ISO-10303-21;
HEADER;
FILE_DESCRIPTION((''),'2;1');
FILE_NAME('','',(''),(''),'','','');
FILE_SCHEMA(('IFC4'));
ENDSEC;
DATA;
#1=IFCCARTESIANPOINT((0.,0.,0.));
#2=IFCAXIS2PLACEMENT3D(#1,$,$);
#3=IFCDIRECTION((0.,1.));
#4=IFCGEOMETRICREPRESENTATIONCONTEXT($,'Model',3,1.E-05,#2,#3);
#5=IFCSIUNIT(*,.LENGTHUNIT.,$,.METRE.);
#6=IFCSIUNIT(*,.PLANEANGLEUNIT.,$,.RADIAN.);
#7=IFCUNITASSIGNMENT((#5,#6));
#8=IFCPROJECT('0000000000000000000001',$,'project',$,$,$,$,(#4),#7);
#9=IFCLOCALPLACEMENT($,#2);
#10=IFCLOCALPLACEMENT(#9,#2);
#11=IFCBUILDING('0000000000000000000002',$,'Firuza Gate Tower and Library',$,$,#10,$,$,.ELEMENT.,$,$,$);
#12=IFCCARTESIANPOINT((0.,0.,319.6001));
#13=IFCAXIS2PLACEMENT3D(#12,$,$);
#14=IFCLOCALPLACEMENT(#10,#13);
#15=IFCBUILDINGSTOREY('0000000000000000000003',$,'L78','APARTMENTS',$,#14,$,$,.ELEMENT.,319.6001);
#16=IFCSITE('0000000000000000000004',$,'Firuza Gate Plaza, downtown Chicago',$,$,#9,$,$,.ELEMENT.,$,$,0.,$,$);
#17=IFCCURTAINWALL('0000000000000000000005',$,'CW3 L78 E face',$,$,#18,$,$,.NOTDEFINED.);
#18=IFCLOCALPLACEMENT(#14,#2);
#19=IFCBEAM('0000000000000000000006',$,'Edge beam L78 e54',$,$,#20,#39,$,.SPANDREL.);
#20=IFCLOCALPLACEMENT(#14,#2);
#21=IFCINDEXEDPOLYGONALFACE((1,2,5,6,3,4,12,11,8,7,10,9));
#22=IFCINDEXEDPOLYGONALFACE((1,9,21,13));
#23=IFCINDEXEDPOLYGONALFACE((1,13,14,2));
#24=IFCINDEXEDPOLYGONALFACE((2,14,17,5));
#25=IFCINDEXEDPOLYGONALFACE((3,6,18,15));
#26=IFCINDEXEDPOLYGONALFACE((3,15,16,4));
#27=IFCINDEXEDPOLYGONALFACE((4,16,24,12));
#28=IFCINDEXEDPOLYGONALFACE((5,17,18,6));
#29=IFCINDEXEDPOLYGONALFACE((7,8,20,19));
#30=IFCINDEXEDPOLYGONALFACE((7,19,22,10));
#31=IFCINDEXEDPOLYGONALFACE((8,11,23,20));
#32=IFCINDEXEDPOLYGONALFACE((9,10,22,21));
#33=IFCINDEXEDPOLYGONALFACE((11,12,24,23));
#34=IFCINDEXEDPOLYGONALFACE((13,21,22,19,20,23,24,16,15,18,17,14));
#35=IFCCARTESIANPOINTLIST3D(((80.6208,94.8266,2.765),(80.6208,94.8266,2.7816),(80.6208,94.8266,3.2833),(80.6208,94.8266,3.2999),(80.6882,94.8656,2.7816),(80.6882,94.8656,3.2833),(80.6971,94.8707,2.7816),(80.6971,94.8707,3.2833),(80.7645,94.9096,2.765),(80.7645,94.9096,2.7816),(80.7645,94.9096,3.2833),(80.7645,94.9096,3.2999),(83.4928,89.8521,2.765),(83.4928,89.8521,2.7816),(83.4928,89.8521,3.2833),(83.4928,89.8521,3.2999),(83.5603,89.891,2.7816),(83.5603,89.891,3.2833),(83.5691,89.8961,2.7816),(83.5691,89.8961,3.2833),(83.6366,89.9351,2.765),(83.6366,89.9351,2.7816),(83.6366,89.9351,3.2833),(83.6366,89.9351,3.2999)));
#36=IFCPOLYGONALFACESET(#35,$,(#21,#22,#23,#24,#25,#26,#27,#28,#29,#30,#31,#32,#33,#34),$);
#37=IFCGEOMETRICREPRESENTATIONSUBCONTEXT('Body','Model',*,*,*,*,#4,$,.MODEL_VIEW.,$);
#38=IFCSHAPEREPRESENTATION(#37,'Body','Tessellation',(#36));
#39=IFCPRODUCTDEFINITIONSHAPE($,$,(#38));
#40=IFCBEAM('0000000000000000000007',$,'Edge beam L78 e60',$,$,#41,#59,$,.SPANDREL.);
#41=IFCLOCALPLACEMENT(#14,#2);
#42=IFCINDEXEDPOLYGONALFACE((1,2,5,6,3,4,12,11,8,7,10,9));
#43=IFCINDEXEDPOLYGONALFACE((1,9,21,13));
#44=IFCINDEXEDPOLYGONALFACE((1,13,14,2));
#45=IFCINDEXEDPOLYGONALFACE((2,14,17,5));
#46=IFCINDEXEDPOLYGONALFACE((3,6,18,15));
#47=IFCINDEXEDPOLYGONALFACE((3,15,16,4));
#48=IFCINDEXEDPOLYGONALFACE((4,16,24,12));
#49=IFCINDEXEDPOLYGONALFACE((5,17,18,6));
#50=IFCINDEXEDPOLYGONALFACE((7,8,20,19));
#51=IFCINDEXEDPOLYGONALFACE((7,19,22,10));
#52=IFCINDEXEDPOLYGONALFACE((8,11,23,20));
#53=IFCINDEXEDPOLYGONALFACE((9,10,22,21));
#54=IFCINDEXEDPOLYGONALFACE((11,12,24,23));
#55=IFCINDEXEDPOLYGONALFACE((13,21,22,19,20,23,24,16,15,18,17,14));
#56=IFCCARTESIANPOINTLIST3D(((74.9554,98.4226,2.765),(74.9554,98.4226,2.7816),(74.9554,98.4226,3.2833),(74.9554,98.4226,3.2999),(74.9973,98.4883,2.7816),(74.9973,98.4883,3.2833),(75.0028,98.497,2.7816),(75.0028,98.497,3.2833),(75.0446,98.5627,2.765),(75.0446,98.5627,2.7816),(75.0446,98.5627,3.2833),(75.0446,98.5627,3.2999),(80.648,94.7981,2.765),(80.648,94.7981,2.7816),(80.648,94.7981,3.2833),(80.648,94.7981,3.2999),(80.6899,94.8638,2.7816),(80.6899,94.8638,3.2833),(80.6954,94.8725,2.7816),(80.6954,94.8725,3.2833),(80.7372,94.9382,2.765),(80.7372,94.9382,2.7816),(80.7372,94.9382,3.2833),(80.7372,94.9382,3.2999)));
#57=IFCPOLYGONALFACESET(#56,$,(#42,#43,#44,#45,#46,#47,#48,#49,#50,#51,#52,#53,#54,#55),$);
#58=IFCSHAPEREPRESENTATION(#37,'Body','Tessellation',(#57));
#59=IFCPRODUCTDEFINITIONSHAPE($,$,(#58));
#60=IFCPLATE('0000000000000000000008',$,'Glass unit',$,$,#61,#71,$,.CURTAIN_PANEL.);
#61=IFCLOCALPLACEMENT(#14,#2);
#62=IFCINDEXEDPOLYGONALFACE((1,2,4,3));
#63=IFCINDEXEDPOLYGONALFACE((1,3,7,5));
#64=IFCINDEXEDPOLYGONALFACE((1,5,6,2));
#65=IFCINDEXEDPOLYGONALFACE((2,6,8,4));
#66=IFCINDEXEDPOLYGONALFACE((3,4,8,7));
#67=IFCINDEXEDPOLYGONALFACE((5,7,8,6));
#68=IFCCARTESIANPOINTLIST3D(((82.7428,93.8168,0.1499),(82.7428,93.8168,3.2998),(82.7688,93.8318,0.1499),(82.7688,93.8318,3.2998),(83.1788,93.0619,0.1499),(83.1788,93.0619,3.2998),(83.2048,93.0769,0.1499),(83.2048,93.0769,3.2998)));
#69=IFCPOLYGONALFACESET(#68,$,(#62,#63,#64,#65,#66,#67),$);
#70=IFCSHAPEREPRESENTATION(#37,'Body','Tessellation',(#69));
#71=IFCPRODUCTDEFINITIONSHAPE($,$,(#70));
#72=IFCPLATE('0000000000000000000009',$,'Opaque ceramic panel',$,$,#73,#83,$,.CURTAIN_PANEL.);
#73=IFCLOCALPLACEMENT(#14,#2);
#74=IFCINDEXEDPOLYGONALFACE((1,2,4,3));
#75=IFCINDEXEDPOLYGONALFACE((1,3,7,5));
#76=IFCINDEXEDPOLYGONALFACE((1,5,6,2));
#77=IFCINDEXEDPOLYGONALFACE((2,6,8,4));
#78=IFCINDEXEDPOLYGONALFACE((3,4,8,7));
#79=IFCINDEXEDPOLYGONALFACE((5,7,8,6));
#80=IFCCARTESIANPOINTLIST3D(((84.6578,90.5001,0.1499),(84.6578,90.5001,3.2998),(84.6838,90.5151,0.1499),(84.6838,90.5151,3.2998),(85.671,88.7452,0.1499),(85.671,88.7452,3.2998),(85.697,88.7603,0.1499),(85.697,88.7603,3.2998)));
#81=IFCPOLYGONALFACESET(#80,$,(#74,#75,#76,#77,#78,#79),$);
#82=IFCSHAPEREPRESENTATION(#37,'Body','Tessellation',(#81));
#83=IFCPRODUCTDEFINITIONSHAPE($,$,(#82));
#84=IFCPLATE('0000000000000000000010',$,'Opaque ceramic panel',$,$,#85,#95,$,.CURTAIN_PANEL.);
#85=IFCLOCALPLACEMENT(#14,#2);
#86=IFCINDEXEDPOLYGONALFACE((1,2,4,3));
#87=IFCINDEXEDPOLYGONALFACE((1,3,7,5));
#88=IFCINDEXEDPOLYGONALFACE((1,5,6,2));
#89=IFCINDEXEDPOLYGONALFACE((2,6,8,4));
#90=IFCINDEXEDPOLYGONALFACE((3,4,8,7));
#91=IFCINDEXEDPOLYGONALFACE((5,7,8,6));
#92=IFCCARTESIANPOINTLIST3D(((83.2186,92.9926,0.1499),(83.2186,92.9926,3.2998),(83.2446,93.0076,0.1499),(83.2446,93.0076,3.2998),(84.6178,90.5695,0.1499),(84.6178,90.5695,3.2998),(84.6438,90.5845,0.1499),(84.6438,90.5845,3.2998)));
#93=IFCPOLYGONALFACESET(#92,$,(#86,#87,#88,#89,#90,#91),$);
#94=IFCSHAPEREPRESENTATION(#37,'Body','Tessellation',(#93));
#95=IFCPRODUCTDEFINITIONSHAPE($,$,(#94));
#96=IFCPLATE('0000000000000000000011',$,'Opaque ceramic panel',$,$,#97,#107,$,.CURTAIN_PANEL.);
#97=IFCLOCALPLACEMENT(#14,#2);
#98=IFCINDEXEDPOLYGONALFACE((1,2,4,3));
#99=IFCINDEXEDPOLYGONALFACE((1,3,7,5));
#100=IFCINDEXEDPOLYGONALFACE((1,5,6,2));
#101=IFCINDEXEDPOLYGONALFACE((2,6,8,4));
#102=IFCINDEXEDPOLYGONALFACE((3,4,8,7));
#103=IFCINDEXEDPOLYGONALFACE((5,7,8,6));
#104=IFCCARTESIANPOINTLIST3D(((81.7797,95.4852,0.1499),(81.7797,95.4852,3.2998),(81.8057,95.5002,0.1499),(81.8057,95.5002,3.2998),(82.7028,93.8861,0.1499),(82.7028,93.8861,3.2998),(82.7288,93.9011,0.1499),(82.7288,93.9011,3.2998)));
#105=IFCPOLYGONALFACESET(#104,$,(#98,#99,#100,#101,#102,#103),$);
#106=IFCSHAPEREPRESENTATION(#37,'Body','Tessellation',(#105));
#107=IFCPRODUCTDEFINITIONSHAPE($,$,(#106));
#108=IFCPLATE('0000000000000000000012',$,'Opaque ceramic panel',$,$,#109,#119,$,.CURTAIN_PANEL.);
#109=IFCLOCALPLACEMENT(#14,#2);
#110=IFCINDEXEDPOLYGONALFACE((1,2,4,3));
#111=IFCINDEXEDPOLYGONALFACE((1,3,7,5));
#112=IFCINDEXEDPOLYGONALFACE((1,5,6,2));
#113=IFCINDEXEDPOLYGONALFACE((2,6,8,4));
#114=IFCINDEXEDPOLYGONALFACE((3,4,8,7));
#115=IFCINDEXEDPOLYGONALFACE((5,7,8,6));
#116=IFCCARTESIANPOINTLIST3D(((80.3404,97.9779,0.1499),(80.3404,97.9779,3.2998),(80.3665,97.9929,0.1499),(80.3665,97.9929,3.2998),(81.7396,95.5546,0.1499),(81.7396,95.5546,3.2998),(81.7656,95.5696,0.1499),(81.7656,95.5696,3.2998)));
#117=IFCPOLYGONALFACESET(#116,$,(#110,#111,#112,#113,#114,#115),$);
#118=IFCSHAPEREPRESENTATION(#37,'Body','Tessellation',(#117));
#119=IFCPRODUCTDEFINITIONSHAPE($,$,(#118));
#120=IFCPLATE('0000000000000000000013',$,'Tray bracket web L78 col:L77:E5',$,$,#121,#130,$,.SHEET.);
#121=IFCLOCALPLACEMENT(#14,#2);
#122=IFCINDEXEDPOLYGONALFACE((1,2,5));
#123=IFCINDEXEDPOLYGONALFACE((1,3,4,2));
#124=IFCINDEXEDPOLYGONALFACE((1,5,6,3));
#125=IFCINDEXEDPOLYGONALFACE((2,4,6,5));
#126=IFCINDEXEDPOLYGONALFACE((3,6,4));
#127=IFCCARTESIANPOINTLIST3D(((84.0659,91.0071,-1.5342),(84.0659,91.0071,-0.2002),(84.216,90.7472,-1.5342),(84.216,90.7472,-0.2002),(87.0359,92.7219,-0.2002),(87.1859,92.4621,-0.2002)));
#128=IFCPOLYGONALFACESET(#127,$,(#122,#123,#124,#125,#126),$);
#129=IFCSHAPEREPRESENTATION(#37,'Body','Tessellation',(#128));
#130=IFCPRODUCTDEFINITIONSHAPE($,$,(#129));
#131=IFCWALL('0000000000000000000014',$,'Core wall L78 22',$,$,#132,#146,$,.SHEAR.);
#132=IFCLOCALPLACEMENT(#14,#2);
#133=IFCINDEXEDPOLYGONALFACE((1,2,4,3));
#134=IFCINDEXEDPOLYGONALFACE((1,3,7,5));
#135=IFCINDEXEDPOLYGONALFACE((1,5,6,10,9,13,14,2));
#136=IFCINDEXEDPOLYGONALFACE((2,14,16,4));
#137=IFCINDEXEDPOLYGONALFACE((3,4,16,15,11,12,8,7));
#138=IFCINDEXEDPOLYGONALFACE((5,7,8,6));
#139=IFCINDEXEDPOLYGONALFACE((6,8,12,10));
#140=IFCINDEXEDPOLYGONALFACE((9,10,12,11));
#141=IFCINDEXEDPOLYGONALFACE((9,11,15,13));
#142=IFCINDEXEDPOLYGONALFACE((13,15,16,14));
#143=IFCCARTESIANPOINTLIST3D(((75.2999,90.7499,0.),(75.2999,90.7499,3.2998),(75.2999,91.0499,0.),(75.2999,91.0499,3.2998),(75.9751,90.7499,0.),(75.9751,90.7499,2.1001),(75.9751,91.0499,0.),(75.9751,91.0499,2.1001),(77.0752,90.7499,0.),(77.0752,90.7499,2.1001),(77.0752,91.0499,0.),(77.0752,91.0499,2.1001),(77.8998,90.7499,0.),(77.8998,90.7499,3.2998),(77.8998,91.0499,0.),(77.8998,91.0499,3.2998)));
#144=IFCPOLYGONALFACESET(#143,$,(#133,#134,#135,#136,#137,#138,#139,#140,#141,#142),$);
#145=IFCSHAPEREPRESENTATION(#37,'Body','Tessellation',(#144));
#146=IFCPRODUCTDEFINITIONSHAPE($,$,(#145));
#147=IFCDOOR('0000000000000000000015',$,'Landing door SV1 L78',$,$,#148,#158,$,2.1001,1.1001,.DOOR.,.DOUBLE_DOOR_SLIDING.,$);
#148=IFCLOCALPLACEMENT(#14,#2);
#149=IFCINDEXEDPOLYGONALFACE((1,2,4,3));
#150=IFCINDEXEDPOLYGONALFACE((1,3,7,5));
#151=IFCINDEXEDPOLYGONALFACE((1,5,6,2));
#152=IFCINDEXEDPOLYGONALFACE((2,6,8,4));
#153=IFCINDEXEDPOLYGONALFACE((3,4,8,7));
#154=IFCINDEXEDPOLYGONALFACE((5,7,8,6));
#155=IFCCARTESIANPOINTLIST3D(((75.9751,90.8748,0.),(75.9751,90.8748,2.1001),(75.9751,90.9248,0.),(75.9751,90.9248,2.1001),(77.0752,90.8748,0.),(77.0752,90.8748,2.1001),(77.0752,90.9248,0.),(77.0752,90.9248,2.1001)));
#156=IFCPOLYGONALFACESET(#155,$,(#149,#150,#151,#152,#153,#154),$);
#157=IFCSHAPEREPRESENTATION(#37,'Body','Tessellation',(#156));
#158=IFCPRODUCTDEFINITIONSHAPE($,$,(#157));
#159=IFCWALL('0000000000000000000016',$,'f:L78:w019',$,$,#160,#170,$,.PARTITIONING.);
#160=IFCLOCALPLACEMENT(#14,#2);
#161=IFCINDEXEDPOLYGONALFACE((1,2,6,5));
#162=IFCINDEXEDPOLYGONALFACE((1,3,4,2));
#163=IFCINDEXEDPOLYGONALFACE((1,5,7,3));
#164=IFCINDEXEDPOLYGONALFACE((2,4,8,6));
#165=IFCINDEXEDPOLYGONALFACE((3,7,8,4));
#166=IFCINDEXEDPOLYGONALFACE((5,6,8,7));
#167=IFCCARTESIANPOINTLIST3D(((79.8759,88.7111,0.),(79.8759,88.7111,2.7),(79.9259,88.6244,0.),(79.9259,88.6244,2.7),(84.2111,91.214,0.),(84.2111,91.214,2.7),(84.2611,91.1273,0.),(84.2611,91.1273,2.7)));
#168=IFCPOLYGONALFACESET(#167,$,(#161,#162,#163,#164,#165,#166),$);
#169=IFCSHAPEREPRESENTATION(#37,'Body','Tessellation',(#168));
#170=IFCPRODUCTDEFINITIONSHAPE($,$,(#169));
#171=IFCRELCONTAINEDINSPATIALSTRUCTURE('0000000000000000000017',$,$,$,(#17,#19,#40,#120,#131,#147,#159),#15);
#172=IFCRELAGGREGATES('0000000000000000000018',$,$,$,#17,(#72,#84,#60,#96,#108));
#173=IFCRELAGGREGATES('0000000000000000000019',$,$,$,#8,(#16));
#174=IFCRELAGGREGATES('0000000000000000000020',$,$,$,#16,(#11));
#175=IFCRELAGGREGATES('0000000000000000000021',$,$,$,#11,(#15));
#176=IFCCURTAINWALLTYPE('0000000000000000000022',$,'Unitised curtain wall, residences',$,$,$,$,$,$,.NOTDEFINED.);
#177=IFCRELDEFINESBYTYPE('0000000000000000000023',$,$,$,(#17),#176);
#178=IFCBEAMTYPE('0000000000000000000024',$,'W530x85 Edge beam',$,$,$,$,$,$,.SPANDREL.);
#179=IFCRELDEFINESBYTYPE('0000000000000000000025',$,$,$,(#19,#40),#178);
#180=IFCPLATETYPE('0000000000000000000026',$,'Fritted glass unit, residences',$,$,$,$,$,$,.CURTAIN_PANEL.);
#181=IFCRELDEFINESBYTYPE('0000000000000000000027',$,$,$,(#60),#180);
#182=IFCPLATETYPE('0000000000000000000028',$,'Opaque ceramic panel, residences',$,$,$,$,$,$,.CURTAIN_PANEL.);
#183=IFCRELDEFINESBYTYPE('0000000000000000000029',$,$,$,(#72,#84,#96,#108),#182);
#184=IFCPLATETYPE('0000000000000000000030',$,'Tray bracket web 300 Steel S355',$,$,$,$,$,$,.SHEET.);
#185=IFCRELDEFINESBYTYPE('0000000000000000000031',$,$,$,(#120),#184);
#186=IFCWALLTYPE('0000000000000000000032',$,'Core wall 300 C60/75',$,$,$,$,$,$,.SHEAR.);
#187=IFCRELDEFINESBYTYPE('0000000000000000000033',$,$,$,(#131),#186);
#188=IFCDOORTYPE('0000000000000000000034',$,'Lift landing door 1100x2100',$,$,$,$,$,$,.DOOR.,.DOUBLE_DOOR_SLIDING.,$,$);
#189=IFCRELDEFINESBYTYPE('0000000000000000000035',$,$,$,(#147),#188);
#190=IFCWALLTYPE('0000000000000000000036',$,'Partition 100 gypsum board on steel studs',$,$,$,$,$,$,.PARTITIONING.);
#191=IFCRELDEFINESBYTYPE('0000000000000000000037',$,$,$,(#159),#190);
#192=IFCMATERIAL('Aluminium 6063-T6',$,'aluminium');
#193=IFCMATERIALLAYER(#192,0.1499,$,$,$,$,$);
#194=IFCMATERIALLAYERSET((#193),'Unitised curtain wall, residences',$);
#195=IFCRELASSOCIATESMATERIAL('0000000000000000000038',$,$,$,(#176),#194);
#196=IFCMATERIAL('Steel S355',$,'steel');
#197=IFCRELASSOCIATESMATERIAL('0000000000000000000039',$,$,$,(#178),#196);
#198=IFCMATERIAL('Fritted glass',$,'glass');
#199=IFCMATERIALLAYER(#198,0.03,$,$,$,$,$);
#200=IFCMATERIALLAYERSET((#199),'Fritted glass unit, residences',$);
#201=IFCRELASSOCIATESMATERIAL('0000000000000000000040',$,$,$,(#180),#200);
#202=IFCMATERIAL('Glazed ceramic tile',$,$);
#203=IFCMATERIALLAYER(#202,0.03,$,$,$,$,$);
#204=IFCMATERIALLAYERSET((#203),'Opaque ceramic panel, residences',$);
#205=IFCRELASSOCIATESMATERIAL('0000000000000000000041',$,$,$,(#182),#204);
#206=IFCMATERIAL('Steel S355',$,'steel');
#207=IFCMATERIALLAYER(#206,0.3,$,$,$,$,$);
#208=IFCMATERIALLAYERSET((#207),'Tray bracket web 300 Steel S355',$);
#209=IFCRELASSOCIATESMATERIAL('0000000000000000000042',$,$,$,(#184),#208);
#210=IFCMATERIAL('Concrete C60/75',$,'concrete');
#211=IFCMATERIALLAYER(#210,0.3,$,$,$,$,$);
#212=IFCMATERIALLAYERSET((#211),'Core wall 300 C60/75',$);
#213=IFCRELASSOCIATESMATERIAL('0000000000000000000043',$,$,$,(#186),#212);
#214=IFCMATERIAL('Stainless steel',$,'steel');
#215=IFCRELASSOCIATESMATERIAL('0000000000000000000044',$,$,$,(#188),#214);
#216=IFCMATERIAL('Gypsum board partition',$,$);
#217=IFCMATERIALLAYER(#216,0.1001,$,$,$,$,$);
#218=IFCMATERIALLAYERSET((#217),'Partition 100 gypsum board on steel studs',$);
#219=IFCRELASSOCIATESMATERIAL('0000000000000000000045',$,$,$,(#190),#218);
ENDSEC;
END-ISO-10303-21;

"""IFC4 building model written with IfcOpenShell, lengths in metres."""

from ifc_helpers import new_model, si_unit, direction, frame, frame_2d, origin, origin_2d, place, context, subcontext, project, spatial, polyline, rectangle, i_section, outline, extrude, material, layer, layer_set, material_profile, profile_set, type_object, element, fill, aggregate, save


model = new_model("IFC4")

# Units and contexts
model_context = context("Model", 3, precision=1e-05, world=origin(), true_north=direction((0.0, 1.0)))
body_context = subcontext(model_context, "Body", "Model", "MODEL_VIEW")
ifc_project = project(units=[si_unit("LENGTHUNIT", "METRE"), si_unit("PLANEANGLEUNIT", "RADIAN")], contexts=[model_context])

# Site, building, storey
site_placement = place(None, origin())
site = spatial("IfcSite", under=ifc_project, at=site_placement, Name="Firuza Gate Plaza, downtown Chicago", CompositionType="ELEMENT", RefElevation=0.0)
building_placement = place(site_placement, origin())
building = spatial("IfcBuilding", under=site, at=building_placement, Name="Firuza Gate Tower and Library", CompositionType="ELEMENT")
storey_placement = place(building_placement, frame((0.0, 0.0, 319.6001)))
storey = spatial("IfcBuildingStorey", under=building, at=storey_placement, Name="L78", Description="APARTMENTS", CompositionType="ELEMENT", Elevation=319.6001)

# Curtain wall
ifc_material_1 = material(Name="Aluminium 6063-T6", Category="aluminium")
ifc_layer_1 = layer(ifc_material_1, 0.1499)
ifc_layer_set_1 = layer_set([ifc_layer_1], Name="Unitised curtain wall, residences")
curtain_wall_type = type_object("IfcCurtainWallType", Name="Unitised curtain wall, residences", PredefinedType="NOTDEFINED", material=ifc_layer_set_1)
curtain_wall_placement = place(storey_placement, origin())
curtain_wall = element("IfcCurtainWall", 1, at=curtain_wall_placement, inside=storey, type_object=curtain_wall_type, Name="CW3 L78 E face", PredefinedType="NOTDEFINED")

# Beams
ifc_material_2 = material(Name="Steel S355", Category="steel")
ifc_material_profile_1 = material_profile(ifc_material_2, i_section(OverallWidth=0.166, OverallDepth=0.5349, WebThickness=0.0103, FlangeThickness=0.0166, at=origin_2d()))
ifc_profile_set_1 = profile_set([ifc_material_profile_1], Name="Steel S355")
beam_type_1 = type_object("IfcBeamType", Name="W530x85 Edge beam", PredefinedType="SPANDREL", material=ifc_profile_set_1)
beam_1_placement = place(storey_placement, frame((83.5647, 89.8936, 3.0325), z_axis=(-0.499997, 0.866027, 0.0), x_axis=(-0.866027, -0.499997, 0.0)))
element("IfcBeam", 2, at=beam_1_placement, inside=storey, type_object=beam_type_1, Name="Edge beam L78 e54", PredefinedType="SPANDREL", context=body_context, shape_type="SweptSolid", body=[
    extrude(i_section(OverallWidth=0.166, OverallDepth=0.5349, WebThickness=0.0103, FlangeThickness=0.0166, at=origin_2d()), origin(), (0.0, 0.0, 1.0), 5.7441),
])
beam_2_placement = place(storey_placement, frame((80.6926, 94.8682, 3.0325), z_axis=(-0.843532, 0.537079, 0.0), x_axis=(-0.537079, -0.843532, 0.0)))
element("IfcBeam", 3, at=beam_2_placement, inside=storey, type_object=beam_type_1, Name="Edge beam L78 e60", PredefinedType="SPANDREL", context=body_context, shape_type="SweptSolid", body=[
    extrude(i_section(OverallWidth=0.166, OverallDepth=0.5349, WebThickness=0.0103, FlangeThickness=0.0166, at=origin_2d()), origin(), (0.0, 0.0, 1.0), 6.7485),
])

# Plates
ifc_material_3 = material(Name="Fritted glass", Category="glass")
ifc_layer_2 = layer(ifc_material_3, 0.03)
ifc_layer_set_2 = layer_set([ifc_layer_2], Name="Fritted glass unit, residences")
plate_type_1 = type_object("IfcPlateType", Name="Fritted glass unit, residences", PredefinedType="CURTAIN_PANEL", material=ifc_layer_set_2)
plate_1_placement = place(storey_placement, frame((83.2048, 93.0769, 0.1499), z_axis=(0.865924, 0.500175, 0.0), x_axis=(-0.500175, 0.865924, 0.0)))
plate_1 = element("IfcPlate", 4, at=plate_1_placement, type_object=plate_type_1, Name="Glass unit", PredefinedType="CURTAIN_PANEL", context=body_context, shape_type="SweptSolid", body=[
    extrude(outline(polyline([(0.0, 0.0), (0.8718, 0.0), (0.8718, 3.1499), (0.0, 3.1499), (0.0, 0.0)])), origin(), (0.0, 0.0, -1.0), 0.03),
])
ifc_material_4 = material(Name="Glazed ceramic tile")
ifc_layer_3 = layer(ifc_material_4, 0.03)
ifc_layer_set_3 = layer_set([ifc_layer_3], Name="Opaque ceramic panel, residences")
plate_type_2 = type_object("IfcPlateType", Name="Opaque ceramic panel, residences", PredefinedType="CURTAIN_PANEL", material=ifc_layer_set_3)
plate_2_placement = place(storey_placement, frame((85.697, 88.7603, 0.1499), z_axis=(0.866025, 0.500001, 0.0), x_axis=(-0.500001, 0.866025, 0.0)))
plate_2 = element("IfcPlate", 5, at=plate_2_placement, type_object=plate_type_2, Name="Opaque ceramic panel", PredefinedType="CURTAIN_PANEL", context=body_context, shape_type="SweptSolid", body=[
    extrude(outline(polyline([(0.0, 0.0), (2.0264, 0.0), (2.0264, 3.1499), (0.0, 3.1499), (0.0, 0.0)])), origin(), (0.0, 0.0, -1.0), 0.03),
])
plate_3_placement = place(storey_placement, frame((84.6438, 90.5845, 0.1499), z_axis=(0.865995, 0.500052, 0.0), x_axis=(-0.500052, 0.865995, 0.0)))
plate_3 = element("IfcPlate", 6, at=plate_3_placement, type_object=plate_type_2, Name="Opaque ceramic panel", PredefinedType="CURTAIN_PANEL", context=body_context, shape_type="SweptSolid", body=[
    extrude(outline(polyline([(0.0, 0.0), (2.798, 0.0), (2.798, 3.1499), (0.0, 3.1499), (0.0, 0.0)])), origin(), (0.0, 0.0, -1.0), 0.03),
])
plate_4_placement = place(storey_placement, frame((82.7288, 93.9011, 0.1499), z_axis=(0.866062, 0.499936, 0.0), x_axis=(-0.499936, 0.866062, 0.0)))
plate_4 = element("IfcPlate", 7, at=plate_4_placement, type_object=plate_type_2, Name="Opaque ceramic panel", PredefinedType="CURTAIN_PANEL", context=body_context, shape_type="SweptSolid", body=[
    extrude(outline(polyline([(0.0, 0.0), (1.8464, 0.0), (1.8464, 3.1499), (0.0, 3.1499), (0.0, 0.0)])), origin(), (0.0, 0.0, -1.0), 0.03),
])
plate_5_placement = place(storey_placement, frame((81.7656, 95.5696, 0.1499), z_axis=(0.866017, 0.500014, 0.0), x_axis=(-0.500014, 0.866017, 0.0)))
plate_5 = element("IfcPlate", 8, at=plate_5_placement, type_object=plate_type_2, Name="Opaque ceramic panel", PredefinedType="CURTAIN_PANEL", context=body_context, shape_type="SweptSolid", body=[
    extrude(outline(polyline([(0.0, 0.0), (2.7983, 0.0), (2.7983, 3.1499), (0.0, 3.1499), (0.0, 0.0)])), origin(), (0.0, 0.0, -1.0), 0.03),
])
aggregate(curtain_wall, [plate_2, plate_3, plate_1, plate_4, plate_5])
ifc_material_5 = material(Name="Steel S355", Category="steel")
ifc_layer_4 = layer(ifc_material_5, 0.3)
ifc_layer_set_4 = layer_set([ifc_layer_4], Name="Tray bracket web 300 Steel S355")
plate_type_3 = type_object("IfcPlateType", Name="Tray bracket web 300 Steel S355", PredefinedType="SHEET", material=ifc_layer_set_4)
plate_6_placement = place(storey_placement, frame((84.0659, 91.0071, -0.2002), z_axis=(-0.500029, 0.866009, 0.0), x_axis=(0.866009, 0.500029, 0.0)))
element("IfcPlate", 9, at=plate_6_placement, inside=storey, type_object=plate_type_3, Name="Tray bracket web L78 col:L77:E5", PredefinedType="SHEET", context=body_context, shape_type="SweptSolid", body=[
    extrude(outline(polyline([(0.0, 0.0), (3.4295, 0.0), (0.0, 1.334), (0.0, 0.0)])), origin(), (0.0, 0.0, -1.0), 0.3),
])

# Wall, opening, door
ifc_material_6 = material(Name="Concrete C60/75", Category="concrete")
ifc_layer_5 = layer(ifc_material_6, 0.3)
ifc_layer_set_5 = layer_set([ifc_layer_5], Name="Core wall 300 C60/75")
wall_type_1 = type_object("IfcWallType", Name="Core wall 300 C60/75", PredefinedType="SHEAR", material=ifc_layer_set_5)
wall_1_placement = place(storey_placement, frame((75.3, 90.8999, 0.0), z_axis=(0.0, 0.0, 1.0), x_axis=(1.0, 0.0, 0.0)))
wall_1 = element("IfcWall", 10, at=wall_1_placement, inside=storey, type_object=wall_type_1, Name="Core wall L78 22", PredefinedType="SHEAR", context=body_context, shape_type="SweptSolid", body=[
    extrude(rectangle(XDim=2.5999, YDim=0.3, at=frame_2d((1.2998, 0.0))), origin(), (0.0, 0.0, 1.0), 3.2998),
])
opening_placement = place(wall_1_placement, frame((0.675, 0.0, 0.0)))
opening = element("IfcOpeningElement", 11, at=opening_placement, cuts=wall_1, PredefinedType="OPENING", context=body_context, shape_type="SweptSolid", body=[
    extrude(rectangle(XDim=1.1001, YDim=2.1001, at=frame_2d((0.55, 1.05))), frame((0.0, 0.1602, 0.0), z_axis=(0.0, -1.0, 0.0), x_axis=(1.0, 0.0, 0.0)), (0.0, 0.0, 1.0), 0.3201),
])
ifc_material_7 = material(Name="Stainless steel", Category="steel")
door_type = type_object("IfcDoorType", Name="Lift landing door 1100x2100", OperationType="DOUBLE_DOOR_SLIDING", PredefinedType="DOOR", material=ifc_material_7)
door_placement = place(opening_placement, origin())
door = element("IfcDoor", 12, at=door_placement, inside=storey, type_object=door_type, Name="Landing door SV1 L78", OperationType="DOUBLE_DOOR_SLIDING", OverallHeight=2.1001, OverallWidth=1.1001, PredefinedType="DOOR", context=body_context, shape_type="SweptSolid", body=[
    extrude(rectangle(XDim=1.1001, YDim=2.1001, at=frame_2d((0.55, 1.05))), frame((0.0, 0.0249, 0.0), z_axis=(0.0, -1.0, 0.0), x_axis=(1.0, 0.0, 0.0)), (0.0, 0.0, 1.0), 0.05),
])
fill(opening, door)

# Wall
ifc_material_8 = material(Name="Gypsum board partition")
ifc_layer_6 = layer(ifc_material_8, 0.1001)
ifc_layer_set_6 = layer_set([ifc_layer_6], Name="Partition 100 gypsum board on steel studs")
wall_type_2 = type_object("IfcWallType", Name="Partition 100 gypsum board on steel studs", PredefinedType="PARTITIONING", material=ifc_layer_set_6)
wall_2_placement = place(storey_placement, frame((79.9009, 88.6677, 0.0), z_axis=(0.0, 0.0, 1.0), x_axis=(0.866026, 0.5, 0.0)))
element("IfcWall", 13, at=wall_2_placement, inside=storey, type_object=wall_type_2, Name="f:L78:w019", PredefinedType="PARTITIONING", context=body_context, shape_type="SweptSolid", body=[
    extrude(rectangle(XDim=5.0059, YDim=0.1001, at=frame_2d((2.5029, 0.0))), origin(), (0.0, 0.0, 1.0), 2.7),
])

save(model, "model.ifc")
